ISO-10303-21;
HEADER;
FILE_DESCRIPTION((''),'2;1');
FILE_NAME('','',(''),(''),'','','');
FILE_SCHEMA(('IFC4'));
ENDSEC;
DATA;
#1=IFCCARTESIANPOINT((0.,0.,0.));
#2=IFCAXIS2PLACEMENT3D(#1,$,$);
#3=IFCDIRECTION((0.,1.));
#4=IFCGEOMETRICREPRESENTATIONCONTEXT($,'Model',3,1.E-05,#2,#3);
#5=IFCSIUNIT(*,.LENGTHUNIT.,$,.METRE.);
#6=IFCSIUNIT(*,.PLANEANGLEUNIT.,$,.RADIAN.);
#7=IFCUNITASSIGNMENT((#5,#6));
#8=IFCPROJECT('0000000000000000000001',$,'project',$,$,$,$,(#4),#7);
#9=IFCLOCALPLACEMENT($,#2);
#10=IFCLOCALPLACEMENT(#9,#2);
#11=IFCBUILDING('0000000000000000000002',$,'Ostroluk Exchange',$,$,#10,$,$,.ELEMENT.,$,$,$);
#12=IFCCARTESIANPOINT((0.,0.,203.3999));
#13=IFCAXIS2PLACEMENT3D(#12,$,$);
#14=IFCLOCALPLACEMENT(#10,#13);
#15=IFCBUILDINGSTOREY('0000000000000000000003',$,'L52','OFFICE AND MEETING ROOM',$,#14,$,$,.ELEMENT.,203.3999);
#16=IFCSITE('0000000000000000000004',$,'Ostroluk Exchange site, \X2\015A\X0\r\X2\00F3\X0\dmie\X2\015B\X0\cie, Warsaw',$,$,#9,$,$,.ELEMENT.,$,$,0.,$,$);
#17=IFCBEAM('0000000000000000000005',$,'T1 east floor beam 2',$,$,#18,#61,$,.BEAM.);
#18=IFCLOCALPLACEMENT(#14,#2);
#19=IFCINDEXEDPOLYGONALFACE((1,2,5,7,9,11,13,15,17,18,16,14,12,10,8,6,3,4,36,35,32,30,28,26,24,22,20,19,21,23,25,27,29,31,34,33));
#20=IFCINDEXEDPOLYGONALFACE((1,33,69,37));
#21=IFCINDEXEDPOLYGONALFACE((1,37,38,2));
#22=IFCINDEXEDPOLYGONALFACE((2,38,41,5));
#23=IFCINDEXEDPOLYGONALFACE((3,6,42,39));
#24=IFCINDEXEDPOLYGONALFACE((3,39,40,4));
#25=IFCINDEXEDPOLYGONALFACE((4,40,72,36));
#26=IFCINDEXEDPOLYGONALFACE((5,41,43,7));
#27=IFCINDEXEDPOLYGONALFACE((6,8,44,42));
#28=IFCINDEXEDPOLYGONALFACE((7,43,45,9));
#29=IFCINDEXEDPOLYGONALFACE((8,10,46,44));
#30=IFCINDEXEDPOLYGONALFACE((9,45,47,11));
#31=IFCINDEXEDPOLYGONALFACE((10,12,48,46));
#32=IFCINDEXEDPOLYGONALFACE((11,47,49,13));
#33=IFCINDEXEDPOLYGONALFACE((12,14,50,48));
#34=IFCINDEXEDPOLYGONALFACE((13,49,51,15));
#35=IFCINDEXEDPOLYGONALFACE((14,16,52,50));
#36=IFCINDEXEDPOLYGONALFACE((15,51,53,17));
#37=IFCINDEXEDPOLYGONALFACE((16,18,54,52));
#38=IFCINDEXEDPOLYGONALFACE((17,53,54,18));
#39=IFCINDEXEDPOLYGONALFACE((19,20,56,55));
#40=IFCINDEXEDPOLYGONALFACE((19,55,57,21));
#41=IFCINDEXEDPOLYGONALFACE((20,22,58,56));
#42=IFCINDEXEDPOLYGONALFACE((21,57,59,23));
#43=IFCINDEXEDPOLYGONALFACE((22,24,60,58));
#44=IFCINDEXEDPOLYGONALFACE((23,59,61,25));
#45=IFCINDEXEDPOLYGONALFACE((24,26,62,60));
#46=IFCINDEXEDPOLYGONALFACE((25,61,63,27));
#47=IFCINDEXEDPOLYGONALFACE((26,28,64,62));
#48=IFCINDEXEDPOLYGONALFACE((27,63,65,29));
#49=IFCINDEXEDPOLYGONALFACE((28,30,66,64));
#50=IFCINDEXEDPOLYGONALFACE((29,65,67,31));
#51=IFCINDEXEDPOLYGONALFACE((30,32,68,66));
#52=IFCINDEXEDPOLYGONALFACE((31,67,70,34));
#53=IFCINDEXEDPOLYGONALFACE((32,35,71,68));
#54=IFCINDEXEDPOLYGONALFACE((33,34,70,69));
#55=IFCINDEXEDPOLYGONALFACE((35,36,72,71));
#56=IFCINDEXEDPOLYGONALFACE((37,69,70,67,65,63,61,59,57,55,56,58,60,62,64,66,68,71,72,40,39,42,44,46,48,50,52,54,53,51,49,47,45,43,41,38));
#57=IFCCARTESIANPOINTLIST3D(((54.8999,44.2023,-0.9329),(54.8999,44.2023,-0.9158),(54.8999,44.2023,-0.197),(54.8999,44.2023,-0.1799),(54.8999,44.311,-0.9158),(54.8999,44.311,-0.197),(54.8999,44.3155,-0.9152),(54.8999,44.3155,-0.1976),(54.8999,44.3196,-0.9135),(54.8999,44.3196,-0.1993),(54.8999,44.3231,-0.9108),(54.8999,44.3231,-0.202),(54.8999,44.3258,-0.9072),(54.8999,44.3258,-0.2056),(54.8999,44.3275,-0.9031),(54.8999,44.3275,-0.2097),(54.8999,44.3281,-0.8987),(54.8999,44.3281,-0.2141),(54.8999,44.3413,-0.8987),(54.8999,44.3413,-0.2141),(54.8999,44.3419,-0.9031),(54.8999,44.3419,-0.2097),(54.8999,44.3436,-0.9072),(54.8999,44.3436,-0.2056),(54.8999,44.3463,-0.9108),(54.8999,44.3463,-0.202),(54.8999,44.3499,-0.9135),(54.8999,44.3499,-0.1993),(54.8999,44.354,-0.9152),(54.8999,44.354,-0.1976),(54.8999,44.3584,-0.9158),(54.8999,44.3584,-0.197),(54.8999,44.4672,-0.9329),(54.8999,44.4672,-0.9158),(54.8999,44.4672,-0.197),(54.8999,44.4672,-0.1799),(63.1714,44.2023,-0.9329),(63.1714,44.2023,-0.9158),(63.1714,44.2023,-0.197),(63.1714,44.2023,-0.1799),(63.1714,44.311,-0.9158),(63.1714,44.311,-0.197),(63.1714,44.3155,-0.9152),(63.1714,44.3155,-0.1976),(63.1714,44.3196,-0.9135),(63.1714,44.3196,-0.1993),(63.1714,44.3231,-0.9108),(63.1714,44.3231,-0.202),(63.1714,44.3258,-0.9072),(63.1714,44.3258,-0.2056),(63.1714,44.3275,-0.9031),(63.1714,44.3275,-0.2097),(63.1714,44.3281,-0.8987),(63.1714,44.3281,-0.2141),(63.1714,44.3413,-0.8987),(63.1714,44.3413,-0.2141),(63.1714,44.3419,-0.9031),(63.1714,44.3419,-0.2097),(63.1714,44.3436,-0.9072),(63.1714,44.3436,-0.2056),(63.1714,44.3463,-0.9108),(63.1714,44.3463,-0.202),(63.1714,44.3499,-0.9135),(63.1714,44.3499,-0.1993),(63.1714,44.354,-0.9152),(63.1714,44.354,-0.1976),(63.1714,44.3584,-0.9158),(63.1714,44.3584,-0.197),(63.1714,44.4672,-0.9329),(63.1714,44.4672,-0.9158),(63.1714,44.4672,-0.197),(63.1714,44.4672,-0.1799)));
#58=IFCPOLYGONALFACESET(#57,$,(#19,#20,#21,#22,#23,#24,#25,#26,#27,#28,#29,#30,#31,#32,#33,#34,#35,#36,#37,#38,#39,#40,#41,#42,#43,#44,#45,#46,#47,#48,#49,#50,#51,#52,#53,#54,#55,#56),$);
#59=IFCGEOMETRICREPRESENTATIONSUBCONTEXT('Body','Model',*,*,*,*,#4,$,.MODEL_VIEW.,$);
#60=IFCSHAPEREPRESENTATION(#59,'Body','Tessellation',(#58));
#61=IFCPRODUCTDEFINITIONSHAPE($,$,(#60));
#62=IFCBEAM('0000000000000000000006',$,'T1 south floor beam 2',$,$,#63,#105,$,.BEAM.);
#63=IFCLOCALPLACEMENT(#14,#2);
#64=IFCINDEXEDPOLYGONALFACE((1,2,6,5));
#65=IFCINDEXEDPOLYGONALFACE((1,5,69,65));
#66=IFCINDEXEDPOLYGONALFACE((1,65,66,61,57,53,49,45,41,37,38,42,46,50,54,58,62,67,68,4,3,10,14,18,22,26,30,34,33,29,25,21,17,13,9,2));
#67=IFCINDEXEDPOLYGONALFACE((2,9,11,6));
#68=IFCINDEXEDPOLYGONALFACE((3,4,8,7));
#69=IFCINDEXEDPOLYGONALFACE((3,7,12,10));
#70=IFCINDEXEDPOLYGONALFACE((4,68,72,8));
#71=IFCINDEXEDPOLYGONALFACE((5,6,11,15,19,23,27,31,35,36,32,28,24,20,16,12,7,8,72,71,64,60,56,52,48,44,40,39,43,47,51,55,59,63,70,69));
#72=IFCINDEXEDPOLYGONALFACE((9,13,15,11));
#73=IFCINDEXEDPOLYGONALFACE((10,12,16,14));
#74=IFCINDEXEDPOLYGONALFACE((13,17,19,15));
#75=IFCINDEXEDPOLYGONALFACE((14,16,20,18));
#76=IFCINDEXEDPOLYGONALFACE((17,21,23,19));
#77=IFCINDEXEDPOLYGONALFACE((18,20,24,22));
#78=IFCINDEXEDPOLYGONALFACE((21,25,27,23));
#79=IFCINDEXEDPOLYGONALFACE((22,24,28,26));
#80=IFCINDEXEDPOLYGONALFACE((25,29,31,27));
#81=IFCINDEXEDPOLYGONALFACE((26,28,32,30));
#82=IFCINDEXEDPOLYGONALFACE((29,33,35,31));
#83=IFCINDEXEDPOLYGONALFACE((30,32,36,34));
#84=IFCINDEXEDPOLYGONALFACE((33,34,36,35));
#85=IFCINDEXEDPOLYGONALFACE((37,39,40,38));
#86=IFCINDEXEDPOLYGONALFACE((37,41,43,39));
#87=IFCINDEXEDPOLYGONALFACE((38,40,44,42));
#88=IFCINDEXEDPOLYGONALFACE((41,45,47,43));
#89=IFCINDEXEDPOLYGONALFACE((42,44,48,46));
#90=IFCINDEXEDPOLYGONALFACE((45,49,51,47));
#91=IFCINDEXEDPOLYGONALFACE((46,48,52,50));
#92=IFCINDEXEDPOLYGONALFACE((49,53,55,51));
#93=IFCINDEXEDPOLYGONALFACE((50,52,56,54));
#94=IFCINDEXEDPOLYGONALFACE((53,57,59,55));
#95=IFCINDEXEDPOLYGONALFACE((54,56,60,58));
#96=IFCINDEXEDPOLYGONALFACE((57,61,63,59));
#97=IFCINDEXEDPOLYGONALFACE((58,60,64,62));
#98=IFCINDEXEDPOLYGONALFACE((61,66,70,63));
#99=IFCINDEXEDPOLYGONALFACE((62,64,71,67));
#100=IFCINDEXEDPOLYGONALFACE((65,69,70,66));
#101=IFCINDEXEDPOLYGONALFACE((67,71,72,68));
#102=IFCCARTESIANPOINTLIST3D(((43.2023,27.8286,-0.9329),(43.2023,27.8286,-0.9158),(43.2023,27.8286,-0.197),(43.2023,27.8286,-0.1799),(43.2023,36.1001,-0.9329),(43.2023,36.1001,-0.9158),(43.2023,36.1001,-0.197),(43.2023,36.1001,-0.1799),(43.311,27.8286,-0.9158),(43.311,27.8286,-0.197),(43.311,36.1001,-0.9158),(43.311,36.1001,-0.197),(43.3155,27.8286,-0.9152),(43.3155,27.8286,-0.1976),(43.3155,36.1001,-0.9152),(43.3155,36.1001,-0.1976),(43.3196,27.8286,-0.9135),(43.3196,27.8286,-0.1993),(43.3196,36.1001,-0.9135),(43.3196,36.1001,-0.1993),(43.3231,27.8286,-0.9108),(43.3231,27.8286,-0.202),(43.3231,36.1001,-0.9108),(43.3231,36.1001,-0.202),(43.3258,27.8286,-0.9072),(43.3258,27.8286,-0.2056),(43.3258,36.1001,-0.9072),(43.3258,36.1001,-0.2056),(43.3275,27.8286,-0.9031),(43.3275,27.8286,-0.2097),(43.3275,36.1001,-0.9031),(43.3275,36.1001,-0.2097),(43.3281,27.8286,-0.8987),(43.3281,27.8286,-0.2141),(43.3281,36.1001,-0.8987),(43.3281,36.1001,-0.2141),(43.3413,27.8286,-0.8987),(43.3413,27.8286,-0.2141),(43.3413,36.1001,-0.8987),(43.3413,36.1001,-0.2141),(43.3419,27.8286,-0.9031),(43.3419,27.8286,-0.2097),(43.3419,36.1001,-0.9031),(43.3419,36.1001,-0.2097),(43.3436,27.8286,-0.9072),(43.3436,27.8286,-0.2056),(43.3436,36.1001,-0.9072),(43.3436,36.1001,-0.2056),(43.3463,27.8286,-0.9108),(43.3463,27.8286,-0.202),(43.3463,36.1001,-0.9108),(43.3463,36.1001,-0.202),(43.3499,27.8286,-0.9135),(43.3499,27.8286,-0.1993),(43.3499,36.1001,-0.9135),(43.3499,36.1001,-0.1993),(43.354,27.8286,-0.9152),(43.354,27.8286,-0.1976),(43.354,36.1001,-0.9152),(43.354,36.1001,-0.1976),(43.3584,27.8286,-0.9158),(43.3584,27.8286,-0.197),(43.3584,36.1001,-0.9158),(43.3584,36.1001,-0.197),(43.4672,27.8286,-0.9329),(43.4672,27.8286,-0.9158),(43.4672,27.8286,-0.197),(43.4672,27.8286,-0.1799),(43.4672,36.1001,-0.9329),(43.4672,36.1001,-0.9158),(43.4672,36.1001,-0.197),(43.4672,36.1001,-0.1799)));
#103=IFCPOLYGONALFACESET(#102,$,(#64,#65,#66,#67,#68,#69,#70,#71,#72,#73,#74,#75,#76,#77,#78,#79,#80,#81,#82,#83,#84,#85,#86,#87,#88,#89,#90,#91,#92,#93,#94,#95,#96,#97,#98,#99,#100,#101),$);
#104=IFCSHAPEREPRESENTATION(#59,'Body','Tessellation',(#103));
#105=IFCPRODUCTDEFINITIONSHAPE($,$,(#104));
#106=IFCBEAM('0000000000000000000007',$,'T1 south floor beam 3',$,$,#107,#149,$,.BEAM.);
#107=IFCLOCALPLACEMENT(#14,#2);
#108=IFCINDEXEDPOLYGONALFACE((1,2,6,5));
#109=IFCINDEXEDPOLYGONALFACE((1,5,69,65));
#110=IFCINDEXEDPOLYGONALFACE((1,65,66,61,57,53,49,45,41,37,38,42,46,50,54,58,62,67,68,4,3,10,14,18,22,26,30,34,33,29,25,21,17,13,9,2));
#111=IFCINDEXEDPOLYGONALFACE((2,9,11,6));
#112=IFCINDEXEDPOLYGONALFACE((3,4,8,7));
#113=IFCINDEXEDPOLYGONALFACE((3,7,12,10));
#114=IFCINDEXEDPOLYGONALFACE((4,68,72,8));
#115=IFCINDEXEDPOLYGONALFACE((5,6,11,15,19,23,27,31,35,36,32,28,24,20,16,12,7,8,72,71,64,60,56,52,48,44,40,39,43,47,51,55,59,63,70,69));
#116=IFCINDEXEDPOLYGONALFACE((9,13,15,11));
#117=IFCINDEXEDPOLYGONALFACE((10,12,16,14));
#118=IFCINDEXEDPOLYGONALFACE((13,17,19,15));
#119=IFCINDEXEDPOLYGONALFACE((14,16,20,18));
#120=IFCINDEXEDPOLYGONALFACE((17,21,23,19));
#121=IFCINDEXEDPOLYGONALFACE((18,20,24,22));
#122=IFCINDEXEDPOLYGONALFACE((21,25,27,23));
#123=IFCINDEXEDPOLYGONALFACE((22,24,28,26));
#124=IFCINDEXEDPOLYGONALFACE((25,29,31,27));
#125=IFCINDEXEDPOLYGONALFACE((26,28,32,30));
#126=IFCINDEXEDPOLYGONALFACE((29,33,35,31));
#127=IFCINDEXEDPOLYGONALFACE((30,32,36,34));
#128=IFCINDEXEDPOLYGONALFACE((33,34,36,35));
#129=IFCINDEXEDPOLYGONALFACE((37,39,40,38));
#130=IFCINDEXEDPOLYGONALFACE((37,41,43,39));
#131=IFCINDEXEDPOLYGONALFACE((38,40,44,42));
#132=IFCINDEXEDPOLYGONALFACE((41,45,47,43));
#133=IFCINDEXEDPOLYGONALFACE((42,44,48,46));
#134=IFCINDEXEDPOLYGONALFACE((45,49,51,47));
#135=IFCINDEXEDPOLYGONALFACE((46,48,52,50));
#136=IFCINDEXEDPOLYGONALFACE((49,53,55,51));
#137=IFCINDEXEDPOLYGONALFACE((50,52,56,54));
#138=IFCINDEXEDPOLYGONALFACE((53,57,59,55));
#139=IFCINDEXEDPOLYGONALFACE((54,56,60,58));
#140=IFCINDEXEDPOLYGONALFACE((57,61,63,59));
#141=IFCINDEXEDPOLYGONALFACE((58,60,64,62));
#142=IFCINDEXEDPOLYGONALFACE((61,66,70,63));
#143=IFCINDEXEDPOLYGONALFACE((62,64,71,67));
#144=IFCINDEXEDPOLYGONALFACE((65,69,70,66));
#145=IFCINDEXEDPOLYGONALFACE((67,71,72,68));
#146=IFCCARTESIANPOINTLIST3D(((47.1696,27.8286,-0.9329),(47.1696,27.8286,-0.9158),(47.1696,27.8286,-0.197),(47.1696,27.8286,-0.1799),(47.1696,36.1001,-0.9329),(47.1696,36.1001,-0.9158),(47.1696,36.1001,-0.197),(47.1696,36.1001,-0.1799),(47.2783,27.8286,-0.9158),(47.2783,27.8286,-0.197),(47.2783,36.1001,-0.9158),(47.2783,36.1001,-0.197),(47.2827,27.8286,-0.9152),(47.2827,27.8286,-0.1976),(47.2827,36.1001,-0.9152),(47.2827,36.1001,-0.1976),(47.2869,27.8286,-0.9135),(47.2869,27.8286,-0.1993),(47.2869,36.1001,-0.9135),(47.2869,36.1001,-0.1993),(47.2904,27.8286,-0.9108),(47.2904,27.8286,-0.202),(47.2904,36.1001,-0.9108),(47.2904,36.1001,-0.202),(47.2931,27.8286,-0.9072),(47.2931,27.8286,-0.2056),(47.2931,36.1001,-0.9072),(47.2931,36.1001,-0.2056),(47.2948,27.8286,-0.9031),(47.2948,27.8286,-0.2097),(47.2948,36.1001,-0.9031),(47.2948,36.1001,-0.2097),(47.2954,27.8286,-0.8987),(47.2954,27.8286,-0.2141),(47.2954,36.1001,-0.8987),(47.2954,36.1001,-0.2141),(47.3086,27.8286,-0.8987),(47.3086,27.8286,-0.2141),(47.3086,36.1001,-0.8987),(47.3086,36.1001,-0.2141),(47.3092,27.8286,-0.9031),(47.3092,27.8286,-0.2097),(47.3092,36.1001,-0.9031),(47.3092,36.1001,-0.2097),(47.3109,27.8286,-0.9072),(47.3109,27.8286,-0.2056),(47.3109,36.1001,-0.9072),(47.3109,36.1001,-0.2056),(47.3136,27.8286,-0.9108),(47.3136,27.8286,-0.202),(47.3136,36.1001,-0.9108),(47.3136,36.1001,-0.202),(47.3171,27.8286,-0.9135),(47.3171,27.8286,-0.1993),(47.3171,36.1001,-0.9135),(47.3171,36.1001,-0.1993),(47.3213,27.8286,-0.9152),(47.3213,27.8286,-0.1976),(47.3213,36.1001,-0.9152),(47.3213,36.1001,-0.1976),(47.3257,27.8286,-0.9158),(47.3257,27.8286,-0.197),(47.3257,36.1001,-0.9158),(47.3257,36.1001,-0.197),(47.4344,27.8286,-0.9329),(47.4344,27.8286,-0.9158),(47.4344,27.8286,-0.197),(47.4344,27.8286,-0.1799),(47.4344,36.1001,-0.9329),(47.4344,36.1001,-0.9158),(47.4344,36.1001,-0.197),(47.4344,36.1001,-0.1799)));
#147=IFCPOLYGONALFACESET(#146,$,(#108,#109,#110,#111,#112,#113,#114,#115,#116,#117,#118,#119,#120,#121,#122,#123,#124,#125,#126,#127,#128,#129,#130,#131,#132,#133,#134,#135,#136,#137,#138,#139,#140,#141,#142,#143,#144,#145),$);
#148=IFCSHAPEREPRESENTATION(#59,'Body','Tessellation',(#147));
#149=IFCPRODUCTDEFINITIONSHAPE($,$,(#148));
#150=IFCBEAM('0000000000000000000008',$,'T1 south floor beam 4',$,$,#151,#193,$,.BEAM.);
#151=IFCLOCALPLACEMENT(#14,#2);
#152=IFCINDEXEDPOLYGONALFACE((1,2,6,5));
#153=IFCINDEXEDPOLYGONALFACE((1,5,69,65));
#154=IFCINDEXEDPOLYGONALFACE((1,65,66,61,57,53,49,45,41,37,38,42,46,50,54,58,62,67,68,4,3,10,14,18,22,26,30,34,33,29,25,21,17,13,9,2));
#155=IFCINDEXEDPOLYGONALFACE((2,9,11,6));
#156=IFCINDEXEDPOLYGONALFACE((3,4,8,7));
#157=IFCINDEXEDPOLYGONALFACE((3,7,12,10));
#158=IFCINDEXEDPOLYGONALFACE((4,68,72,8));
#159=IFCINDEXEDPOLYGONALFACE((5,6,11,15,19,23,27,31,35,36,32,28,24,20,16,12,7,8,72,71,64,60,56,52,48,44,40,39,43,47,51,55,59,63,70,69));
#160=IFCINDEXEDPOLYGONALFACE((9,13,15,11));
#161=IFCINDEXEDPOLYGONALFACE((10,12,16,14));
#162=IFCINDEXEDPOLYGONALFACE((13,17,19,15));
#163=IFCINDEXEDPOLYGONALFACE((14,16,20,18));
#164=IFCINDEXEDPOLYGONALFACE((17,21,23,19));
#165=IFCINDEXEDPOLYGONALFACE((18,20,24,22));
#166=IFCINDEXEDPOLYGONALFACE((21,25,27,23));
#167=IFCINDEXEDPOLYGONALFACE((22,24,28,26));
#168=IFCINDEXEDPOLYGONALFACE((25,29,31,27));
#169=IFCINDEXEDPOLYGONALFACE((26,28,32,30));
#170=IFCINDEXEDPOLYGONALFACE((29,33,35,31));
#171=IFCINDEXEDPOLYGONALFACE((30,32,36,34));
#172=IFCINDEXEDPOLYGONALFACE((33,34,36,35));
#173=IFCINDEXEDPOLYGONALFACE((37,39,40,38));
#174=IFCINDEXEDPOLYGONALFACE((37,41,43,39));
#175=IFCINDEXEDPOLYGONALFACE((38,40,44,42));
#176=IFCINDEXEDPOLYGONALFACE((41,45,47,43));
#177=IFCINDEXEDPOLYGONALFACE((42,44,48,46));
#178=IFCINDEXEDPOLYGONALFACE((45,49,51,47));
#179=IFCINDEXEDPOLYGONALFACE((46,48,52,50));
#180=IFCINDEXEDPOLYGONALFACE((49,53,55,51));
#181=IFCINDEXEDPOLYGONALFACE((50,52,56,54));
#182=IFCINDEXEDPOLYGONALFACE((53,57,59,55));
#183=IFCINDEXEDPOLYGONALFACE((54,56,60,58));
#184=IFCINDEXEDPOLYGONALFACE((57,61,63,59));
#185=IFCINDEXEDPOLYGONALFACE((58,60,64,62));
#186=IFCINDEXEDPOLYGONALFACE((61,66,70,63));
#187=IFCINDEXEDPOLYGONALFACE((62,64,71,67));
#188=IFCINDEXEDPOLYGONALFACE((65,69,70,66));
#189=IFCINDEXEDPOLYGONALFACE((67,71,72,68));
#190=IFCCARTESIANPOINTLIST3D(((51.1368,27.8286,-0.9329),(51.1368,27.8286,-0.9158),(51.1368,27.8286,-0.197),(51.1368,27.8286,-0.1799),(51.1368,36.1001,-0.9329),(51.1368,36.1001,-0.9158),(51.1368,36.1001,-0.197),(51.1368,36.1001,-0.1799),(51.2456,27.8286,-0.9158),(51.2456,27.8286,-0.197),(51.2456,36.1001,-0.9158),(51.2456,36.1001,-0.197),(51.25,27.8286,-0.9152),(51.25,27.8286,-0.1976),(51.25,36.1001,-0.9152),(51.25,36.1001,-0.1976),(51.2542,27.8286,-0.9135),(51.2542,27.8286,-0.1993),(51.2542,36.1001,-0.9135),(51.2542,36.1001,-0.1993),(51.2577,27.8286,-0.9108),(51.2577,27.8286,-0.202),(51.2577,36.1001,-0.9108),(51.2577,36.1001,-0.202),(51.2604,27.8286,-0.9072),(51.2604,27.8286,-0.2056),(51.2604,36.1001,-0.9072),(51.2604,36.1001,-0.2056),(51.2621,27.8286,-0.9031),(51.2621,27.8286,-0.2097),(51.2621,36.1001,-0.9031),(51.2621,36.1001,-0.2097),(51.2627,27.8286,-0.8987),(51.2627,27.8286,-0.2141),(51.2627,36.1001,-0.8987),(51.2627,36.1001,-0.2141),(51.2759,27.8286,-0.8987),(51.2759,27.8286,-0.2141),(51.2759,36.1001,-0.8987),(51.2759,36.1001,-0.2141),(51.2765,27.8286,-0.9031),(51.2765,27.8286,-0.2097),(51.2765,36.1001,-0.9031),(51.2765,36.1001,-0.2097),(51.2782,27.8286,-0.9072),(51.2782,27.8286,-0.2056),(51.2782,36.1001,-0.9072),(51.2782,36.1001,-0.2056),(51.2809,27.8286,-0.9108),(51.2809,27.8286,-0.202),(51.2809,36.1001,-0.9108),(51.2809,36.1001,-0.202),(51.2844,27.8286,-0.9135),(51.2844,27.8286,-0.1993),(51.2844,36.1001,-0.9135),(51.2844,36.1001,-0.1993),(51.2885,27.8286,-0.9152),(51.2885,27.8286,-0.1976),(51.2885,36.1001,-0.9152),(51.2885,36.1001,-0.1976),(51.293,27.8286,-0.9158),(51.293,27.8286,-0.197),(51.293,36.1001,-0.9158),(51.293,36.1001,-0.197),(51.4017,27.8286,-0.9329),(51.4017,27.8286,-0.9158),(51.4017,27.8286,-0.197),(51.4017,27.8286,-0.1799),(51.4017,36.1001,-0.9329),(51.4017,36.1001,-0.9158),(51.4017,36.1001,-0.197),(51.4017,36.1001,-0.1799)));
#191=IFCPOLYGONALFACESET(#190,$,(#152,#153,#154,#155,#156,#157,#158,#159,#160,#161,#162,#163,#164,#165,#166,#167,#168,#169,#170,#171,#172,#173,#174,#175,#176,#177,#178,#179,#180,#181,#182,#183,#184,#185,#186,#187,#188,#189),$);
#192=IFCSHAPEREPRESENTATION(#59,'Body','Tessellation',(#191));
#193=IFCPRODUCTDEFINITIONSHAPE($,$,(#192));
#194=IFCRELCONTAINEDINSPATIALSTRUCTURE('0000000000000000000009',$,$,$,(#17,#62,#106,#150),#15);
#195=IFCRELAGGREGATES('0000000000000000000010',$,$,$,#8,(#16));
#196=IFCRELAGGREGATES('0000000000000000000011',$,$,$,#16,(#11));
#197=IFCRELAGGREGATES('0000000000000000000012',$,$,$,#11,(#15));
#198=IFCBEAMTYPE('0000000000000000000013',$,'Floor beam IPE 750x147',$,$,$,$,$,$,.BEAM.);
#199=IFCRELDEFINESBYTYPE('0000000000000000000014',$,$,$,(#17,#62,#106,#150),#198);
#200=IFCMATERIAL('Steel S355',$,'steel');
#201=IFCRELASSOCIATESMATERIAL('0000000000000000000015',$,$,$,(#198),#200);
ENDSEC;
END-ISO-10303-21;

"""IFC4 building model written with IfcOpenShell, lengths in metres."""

from ifc_helpers import new_model, si_unit, direction, frame, origin, origin_2d, place, context, subcontext, project, spatial, i_section, extrude, material, material_profile, profile_set, type_object, element, save


model = new_model("IFC4")

# Units and contexts
model_context = context("Model", 3, precision=1e-05, world=origin(), true_north=direction((0.0, 1.0)))
body_context = subcontext(model_context, "Body", "Model", "MODEL_VIEW")
ifc_project = project(units=[si_unit("LENGTHUNIT", "METRE"), si_unit("PLANEANGLEUNIT", "RADIAN")], contexts=[model_context])

# Site, building, storey
site_placement = place(None, origin())
site = spatial("IfcSite", under=ifc_project, at=site_placement, Name="Ostroluk Exchange site, Śródmieście, Warsaw", CompositionType="ELEMENT", RefElevation=0.0)
building_placement = place(site_placement, origin())
building = spatial("IfcBuilding", under=site, at=building_placement, Name="Ostroluk Exchange", CompositionType="ELEMENT")
storey_placement = place(building_placement, frame((0.0, 0.0, 203.3999)))
storey = spatial("IfcBuildingStorey", under=building, at=storey_placement, Name="L52", Description="OFFICE AND MEETING ROOM", CompositionType="ELEMENT", Elevation=203.3999)

# Beams
ifc_material_1 = material(Name="Steel S355", Category="steel")
ifc_material_profile_1 = material_profile(ifc_material_1, i_section(OverallWidth=0.2649, OverallDepth=0.7529, WebThickness=0.0132, FlangeThickness=0.0171, FilletRadius=0.0171, at=origin_2d()), Name="IPE 750x147")
ifc_profile_set_1 = profile_set([ifc_material_profile_1], Name="Steel S355")
beam_type_1 = type_object("IfcBeamType", Name="Floor beam IPE 750x147", PredefinedType="BEAM", material=ifc_profile_set_1)
for number, where, z_axis, x_axis, name in (
    (1, (54.8999, 44.3347, -0.5564), (1.0, 0.0, 0.0), (0.0, 1.0, 0.0), "T1 east floor beam 2"),
    (2, (43.3347, 36.1001, -0.5564), (0.0, -1.0, 0.0), (1.0, 0.0, 0.0), "T1 south floor beam 2"),
    (3, (47.302, 36.1001, -0.5564), (0.0, -1.0, 0.0), (1.0, 0.0, 0.0), "T1 south floor beam 3"),
    (4, (51.2693, 36.1001, -0.5564), (0.0, -1.0, 0.0), (1.0, 0.0, 0.0), "T1 south floor beam 4"),
):
    element("IfcBeam", number, at=place(storey_placement, frame(where, z_axis=z_axis, x_axis=x_axis)), inside=storey, type_object=beam_type_1, Name=name, PredefinedType="BEAM", context=body_context, shape_type="SweptSolid", body=[
        extrude(i_section(OverallWidth=0.2649, OverallDepth=0.7529, WebThickness=0.0132, FlangeThickness=0.0171, FilletRadius=0.0171, at=origin_2d()), origin(), (0.0, 0.0, 1.0), 8.2715),
    ])

save(model, "model.ifc")
